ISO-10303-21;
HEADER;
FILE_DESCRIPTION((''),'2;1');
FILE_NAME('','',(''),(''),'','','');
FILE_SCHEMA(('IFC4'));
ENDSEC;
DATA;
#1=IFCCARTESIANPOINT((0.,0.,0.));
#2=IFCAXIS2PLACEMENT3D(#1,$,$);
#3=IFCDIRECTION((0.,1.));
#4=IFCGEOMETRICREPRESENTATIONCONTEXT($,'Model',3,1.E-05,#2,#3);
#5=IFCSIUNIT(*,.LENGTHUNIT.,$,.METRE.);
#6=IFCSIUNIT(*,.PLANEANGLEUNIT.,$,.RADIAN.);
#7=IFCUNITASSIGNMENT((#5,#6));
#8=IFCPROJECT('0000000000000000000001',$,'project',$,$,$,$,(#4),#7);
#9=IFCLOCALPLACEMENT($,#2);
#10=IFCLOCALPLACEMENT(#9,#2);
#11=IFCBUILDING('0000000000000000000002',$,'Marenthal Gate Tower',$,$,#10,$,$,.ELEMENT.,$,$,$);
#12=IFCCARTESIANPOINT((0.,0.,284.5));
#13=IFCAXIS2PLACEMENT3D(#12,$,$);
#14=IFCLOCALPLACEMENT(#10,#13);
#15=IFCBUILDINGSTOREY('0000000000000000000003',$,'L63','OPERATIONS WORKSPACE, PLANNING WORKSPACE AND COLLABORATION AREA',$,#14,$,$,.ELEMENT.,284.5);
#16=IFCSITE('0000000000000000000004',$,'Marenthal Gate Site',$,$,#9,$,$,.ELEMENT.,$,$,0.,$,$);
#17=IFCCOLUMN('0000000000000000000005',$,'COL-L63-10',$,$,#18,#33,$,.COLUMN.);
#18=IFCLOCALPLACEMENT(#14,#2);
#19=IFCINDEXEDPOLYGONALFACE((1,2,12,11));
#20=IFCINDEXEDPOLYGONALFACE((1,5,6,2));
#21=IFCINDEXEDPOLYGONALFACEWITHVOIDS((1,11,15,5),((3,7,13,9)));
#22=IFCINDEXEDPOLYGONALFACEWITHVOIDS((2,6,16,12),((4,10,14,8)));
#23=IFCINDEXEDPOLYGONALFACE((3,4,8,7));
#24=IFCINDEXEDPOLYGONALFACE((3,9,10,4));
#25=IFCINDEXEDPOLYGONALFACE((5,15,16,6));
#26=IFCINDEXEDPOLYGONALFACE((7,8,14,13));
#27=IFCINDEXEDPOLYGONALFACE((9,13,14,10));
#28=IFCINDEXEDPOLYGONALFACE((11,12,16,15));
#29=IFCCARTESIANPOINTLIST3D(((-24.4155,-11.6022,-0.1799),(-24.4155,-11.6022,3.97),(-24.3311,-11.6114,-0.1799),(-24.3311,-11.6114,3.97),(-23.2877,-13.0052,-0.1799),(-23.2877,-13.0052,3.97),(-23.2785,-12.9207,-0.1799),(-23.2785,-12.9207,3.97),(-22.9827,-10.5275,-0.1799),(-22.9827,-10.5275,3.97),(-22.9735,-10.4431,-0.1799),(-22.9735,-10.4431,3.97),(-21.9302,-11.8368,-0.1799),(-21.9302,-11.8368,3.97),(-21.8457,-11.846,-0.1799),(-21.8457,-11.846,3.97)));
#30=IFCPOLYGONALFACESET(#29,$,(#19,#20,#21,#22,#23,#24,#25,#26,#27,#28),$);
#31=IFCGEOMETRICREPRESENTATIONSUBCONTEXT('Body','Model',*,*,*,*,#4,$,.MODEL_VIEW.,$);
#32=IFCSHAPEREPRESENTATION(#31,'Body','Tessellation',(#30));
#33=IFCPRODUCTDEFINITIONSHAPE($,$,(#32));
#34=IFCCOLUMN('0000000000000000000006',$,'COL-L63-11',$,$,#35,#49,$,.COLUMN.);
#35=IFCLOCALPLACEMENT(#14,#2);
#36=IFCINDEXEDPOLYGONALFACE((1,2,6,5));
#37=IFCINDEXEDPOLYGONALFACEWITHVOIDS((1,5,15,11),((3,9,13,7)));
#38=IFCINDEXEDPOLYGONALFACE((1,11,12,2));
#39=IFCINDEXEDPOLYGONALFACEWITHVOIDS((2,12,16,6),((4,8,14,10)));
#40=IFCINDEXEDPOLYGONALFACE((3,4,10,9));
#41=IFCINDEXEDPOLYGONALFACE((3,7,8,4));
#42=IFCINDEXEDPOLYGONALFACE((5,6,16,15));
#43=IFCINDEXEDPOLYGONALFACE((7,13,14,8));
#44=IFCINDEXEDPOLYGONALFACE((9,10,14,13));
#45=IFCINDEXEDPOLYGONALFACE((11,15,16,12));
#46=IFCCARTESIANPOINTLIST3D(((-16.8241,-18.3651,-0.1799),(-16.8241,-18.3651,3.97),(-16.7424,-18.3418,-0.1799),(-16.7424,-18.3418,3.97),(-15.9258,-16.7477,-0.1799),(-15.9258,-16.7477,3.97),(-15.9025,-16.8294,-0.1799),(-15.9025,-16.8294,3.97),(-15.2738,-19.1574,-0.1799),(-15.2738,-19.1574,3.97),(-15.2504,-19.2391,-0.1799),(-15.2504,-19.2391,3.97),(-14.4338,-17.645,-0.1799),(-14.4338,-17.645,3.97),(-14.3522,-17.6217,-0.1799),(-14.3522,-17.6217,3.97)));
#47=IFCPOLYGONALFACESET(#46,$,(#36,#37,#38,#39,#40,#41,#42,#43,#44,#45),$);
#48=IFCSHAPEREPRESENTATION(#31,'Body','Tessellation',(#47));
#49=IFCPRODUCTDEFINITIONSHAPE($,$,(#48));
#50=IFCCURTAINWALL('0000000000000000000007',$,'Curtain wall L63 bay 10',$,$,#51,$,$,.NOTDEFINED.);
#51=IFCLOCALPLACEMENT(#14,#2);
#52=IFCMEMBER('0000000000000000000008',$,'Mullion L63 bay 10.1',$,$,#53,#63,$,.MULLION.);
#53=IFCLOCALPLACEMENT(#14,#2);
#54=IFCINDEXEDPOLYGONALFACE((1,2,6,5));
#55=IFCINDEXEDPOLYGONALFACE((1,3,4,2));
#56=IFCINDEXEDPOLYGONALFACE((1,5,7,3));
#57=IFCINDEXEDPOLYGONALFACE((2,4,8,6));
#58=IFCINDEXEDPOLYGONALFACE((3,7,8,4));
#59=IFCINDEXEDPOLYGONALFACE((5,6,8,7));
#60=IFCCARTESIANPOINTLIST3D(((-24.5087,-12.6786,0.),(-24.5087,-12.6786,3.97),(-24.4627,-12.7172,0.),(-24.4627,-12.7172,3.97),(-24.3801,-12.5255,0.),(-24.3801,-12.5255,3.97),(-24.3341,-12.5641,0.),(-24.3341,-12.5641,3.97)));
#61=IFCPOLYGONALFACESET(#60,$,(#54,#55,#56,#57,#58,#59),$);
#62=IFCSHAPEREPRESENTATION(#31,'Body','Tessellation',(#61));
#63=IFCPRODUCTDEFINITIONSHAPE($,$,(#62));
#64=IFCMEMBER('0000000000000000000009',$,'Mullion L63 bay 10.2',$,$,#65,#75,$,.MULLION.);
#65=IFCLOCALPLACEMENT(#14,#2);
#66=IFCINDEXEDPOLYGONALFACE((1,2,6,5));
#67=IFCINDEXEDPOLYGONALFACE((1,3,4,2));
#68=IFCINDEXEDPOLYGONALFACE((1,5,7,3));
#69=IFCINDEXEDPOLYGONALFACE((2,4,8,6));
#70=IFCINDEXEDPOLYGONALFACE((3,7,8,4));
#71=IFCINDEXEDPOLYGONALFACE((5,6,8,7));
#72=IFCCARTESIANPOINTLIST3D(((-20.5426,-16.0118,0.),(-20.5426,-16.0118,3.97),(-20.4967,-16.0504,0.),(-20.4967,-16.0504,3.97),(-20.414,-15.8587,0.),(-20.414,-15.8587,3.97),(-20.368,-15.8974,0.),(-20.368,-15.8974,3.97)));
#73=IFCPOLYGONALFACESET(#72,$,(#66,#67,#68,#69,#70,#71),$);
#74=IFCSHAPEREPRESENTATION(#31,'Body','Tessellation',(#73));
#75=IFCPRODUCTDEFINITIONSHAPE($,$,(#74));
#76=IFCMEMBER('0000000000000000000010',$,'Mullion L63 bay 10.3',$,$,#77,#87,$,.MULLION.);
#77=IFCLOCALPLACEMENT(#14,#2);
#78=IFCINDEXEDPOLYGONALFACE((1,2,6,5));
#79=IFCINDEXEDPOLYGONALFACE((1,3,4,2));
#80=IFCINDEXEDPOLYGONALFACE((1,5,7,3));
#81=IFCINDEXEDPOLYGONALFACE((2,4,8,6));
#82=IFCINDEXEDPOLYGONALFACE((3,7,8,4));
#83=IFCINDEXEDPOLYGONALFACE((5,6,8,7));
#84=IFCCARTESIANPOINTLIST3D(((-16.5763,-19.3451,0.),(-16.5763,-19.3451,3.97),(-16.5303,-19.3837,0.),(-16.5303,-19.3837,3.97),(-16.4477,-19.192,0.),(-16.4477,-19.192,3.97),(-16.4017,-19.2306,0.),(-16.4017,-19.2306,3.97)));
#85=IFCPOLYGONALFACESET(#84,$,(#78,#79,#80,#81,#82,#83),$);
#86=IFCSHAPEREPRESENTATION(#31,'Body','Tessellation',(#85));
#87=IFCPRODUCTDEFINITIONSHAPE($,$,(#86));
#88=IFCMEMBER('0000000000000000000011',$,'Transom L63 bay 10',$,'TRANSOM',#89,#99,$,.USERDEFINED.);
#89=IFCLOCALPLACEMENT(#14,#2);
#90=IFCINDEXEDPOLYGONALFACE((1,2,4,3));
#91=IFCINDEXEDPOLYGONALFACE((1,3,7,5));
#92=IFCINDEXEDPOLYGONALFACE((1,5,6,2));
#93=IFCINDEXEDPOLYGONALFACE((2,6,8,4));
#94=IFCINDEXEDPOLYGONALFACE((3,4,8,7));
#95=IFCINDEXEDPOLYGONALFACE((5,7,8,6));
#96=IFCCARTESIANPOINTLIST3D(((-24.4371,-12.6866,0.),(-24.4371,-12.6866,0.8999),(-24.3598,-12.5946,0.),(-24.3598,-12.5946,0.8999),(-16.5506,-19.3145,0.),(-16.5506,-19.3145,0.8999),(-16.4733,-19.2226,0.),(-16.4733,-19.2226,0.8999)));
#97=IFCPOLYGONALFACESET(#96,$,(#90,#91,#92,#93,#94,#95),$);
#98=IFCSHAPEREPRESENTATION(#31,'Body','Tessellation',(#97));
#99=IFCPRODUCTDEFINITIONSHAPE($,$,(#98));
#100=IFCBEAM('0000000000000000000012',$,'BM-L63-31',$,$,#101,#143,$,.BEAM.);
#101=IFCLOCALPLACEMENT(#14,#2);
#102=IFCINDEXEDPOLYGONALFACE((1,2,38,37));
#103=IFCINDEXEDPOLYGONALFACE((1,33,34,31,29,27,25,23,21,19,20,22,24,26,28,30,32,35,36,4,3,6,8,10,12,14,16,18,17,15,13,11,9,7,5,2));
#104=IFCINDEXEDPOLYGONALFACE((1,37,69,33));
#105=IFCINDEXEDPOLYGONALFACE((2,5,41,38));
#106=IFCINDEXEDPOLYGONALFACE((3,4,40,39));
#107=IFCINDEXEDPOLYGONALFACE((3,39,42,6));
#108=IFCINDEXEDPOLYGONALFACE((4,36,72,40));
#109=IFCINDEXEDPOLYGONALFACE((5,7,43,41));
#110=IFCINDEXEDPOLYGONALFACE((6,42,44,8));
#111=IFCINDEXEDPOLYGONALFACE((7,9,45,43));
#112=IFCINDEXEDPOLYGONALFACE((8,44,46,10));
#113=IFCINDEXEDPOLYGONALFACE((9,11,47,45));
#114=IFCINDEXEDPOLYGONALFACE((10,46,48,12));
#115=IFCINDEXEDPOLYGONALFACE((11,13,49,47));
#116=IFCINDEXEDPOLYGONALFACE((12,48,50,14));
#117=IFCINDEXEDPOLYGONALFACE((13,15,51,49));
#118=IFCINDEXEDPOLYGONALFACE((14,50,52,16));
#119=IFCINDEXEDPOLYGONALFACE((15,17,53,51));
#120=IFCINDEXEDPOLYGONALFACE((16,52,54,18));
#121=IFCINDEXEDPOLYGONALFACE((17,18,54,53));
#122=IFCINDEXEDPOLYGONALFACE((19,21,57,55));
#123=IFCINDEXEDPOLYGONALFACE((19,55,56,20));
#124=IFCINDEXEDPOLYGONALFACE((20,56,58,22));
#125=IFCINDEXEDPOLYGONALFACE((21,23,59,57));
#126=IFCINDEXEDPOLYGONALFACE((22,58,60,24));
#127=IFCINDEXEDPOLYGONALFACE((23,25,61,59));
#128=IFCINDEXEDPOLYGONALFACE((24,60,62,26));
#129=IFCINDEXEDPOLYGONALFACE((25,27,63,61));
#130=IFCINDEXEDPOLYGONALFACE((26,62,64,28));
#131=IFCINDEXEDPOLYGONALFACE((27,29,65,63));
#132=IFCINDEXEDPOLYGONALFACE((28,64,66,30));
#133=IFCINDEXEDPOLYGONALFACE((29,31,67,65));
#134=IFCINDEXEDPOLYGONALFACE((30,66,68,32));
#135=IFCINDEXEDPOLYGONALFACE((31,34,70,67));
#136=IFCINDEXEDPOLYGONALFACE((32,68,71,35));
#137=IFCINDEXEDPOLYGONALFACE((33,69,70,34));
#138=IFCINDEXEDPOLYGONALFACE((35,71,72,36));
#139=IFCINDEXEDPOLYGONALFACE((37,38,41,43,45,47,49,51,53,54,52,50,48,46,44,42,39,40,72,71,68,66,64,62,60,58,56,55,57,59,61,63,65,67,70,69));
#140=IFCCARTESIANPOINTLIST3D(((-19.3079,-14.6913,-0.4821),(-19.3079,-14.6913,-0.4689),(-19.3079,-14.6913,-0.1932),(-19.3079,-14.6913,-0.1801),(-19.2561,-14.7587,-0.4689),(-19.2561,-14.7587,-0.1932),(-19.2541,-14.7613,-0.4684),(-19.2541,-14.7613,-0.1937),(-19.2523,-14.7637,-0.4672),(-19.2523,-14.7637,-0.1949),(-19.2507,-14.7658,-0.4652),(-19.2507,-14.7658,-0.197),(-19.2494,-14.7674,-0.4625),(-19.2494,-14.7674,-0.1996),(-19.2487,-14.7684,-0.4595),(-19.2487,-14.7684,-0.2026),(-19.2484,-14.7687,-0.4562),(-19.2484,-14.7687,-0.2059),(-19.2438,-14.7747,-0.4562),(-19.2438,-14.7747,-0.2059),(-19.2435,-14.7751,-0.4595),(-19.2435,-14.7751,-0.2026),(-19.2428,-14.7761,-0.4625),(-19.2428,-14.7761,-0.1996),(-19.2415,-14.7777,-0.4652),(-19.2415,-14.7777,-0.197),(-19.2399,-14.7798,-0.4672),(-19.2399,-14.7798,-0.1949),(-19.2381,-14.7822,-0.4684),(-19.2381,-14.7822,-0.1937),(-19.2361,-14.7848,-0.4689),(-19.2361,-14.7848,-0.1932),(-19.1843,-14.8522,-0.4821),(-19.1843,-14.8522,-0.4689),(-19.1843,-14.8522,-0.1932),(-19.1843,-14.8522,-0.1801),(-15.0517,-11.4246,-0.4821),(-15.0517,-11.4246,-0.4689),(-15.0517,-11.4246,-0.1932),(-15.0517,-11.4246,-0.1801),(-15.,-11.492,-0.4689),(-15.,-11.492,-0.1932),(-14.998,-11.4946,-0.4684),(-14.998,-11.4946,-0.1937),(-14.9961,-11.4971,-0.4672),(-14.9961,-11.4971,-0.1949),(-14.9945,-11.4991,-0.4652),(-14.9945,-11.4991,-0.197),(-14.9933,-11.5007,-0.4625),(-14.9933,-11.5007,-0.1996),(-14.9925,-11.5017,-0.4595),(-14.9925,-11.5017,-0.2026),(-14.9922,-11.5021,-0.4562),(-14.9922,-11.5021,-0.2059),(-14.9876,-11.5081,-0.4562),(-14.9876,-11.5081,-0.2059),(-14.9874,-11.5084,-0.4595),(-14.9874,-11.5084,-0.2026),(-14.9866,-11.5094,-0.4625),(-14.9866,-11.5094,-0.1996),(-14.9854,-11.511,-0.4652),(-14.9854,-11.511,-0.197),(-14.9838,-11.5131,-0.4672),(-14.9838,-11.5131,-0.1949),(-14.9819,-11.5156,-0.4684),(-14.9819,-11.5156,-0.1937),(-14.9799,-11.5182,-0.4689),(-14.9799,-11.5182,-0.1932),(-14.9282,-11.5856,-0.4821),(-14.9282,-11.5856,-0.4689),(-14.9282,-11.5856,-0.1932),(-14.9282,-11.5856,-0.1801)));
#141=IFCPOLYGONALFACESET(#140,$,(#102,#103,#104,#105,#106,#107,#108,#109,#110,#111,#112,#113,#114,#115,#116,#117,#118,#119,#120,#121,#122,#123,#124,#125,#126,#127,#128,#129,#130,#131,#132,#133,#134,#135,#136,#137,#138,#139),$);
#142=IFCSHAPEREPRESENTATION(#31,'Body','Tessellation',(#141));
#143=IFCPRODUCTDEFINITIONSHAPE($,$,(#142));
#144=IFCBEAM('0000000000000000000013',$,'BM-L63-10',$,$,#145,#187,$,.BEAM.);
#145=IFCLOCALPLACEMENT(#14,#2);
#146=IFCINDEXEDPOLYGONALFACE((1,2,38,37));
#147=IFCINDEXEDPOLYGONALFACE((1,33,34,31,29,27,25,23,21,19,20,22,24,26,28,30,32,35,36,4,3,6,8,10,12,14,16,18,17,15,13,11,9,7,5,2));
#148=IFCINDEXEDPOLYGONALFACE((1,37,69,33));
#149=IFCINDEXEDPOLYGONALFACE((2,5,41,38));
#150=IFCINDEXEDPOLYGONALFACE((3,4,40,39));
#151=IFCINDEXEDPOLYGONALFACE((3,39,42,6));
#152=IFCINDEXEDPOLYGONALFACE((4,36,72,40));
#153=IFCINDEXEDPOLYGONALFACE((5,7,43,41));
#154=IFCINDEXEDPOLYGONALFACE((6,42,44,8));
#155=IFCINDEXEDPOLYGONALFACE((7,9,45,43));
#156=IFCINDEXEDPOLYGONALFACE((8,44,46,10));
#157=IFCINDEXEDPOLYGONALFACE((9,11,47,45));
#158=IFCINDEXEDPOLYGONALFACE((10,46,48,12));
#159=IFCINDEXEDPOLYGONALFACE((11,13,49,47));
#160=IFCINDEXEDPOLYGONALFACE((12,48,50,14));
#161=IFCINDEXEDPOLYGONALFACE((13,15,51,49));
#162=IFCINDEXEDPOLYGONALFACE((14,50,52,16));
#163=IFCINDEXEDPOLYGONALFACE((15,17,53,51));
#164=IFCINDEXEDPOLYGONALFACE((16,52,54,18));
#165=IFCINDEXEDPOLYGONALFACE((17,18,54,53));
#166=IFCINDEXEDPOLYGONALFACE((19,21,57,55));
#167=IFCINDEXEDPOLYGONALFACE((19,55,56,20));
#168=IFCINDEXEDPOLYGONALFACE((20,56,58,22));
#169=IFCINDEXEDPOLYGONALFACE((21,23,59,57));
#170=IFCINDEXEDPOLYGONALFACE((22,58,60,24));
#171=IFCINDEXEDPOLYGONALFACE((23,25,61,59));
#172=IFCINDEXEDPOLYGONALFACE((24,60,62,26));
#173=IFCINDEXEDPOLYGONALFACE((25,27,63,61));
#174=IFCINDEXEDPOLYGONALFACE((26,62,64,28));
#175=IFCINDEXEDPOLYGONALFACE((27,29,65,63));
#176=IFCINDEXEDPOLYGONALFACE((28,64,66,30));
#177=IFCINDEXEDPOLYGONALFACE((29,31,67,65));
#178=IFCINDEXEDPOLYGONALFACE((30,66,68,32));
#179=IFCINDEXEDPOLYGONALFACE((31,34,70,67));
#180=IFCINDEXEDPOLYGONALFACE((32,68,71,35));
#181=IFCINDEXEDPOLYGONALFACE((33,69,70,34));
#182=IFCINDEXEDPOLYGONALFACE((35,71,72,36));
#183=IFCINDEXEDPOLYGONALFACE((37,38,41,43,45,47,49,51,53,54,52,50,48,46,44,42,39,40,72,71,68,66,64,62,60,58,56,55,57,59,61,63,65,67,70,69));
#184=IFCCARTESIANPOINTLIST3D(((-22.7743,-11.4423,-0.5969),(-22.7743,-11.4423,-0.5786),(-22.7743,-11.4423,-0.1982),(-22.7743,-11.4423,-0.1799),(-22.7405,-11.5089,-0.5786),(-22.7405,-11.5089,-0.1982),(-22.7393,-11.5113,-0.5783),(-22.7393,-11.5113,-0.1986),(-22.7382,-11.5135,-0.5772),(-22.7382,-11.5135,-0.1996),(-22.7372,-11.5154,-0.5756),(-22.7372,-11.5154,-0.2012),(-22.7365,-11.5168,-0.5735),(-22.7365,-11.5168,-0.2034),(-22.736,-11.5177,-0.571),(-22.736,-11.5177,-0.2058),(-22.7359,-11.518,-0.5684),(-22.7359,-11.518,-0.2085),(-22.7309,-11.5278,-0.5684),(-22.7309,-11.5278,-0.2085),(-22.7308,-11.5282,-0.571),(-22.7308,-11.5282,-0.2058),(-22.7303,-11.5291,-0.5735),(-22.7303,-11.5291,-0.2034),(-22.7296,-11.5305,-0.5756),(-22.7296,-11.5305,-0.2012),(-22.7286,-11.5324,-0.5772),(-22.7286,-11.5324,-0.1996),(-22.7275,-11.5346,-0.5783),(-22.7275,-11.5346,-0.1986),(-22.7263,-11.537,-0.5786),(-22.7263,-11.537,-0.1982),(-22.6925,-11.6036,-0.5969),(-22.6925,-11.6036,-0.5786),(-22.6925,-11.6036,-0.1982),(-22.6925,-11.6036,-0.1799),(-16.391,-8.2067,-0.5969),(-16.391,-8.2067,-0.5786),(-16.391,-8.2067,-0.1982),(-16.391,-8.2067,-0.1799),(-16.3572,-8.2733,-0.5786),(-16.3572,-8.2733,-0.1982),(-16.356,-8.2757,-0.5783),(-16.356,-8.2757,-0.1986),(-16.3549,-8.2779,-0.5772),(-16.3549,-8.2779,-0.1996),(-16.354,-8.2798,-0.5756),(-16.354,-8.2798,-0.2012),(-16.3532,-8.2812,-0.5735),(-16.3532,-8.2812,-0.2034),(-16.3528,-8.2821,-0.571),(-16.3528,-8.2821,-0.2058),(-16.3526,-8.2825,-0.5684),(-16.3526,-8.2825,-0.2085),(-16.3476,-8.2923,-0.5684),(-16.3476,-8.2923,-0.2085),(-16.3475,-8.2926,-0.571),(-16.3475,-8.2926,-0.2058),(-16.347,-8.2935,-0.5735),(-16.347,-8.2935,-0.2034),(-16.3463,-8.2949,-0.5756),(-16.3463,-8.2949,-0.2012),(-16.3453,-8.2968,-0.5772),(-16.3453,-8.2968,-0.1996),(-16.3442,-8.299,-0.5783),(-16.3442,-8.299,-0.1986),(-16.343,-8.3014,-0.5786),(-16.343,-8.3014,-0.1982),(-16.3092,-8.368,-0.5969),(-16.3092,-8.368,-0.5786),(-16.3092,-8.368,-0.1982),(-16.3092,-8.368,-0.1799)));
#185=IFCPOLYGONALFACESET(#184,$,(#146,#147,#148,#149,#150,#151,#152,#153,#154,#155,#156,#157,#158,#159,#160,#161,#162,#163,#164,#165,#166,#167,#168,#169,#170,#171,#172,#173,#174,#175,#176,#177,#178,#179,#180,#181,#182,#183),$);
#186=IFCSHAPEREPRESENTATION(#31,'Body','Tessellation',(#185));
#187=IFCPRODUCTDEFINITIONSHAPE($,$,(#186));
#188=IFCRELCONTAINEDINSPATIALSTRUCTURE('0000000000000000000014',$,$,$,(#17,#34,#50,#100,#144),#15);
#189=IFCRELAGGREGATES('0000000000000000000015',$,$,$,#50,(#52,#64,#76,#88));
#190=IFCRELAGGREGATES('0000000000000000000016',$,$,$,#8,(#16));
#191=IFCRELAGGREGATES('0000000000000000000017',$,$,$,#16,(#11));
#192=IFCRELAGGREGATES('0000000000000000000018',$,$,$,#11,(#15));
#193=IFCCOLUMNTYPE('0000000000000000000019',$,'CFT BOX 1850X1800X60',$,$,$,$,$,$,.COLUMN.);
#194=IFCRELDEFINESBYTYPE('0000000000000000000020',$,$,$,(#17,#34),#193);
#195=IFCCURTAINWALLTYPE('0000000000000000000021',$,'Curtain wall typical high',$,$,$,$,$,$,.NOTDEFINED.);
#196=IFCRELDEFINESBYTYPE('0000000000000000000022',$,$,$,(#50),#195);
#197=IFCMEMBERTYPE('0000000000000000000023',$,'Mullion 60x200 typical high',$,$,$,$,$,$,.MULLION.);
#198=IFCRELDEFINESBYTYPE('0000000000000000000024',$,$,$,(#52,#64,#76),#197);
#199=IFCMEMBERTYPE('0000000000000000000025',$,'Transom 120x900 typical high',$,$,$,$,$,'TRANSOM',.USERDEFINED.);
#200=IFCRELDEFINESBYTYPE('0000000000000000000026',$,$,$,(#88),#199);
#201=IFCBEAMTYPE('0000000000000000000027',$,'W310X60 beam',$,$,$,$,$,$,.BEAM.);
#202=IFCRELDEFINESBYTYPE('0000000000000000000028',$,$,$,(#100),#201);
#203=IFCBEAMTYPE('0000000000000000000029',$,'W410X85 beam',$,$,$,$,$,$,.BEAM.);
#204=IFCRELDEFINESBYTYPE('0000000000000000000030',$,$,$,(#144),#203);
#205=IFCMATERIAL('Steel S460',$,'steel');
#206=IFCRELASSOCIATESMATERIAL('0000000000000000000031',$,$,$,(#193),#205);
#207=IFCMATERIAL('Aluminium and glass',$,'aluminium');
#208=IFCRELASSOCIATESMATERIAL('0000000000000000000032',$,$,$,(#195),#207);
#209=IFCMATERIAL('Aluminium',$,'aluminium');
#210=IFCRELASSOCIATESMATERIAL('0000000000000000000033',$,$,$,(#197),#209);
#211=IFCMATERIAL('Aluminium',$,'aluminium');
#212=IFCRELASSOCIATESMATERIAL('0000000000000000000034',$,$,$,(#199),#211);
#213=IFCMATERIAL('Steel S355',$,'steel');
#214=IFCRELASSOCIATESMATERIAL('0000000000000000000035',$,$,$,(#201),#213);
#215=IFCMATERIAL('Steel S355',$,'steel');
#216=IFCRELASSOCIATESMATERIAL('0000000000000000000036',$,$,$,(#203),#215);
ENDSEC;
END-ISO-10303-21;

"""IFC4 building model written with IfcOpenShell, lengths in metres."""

from ifc_helpers import new_model, si_unit, direction, frame, origin, origin_2d, place, context, subcontext, project, spatial, rectangle, hollow_rectangle, i_section, extrude, material, material_profile, profile_set, type_object, element, aggregate, save


model = new_model("IFC4")

# Units and contexts
model_context = context("Model", 3, precision=1e-05, world=origin(), true_north=direction((0.0, 1.0)))
body_context = subcontext(model_context, "Body", "Model", "MODEL_VIEW")
ifc_project = project(units=[si_unit("LENGTHUNIT", "METRE"), si_unit("PLANEANGLEUNIT", "RADIAN")], contexts=[model_context])

# Site, building, storey
site_placement = place(None, origin())
site = spatial("IfcSite", under=ifc_project, at=site_placement, Name="Marenthal Gate Site", CompositionType="ELEMENT", RefElevation=0.0)
building_placement = place(site_placement, origin())
building = spatial("IfcBuilding", under=site, at=building_placement, Name="Marenthal Gate Tower", CompositionType="ELEMENT")
storey_placement = place(building_placement, frame((0.0, 0.0, 284.5)))
storey = spatial("IfcBuildingStorey", under=building, at=storey_placement, Name="L63", Description="OPERATIONS WORKSPACE, PLANNING WORKSPACE AND COLLABORATION AREA", CompositionType="ELEMENT", Elevation=284.5)

# Columns
ifc_material_1 = material(Name="Steel S460", Category="steel")
ifc_material_profile_1 = material_profile(ifc_material_1, hollow_rectangle(XDim=1.8, YDim=1.8501, WallThickness=0.0601, at=origin_2d()), Name="CFT BOX 1850X1800X60")
ifc_material_2 = material(Name="Concrete 70 MPa", Category="concrete")
ifc_material_profile_2 = material_profile(ifc_material_2, rectangle(XDim=1.6799, YDim=1.73, at=origin_2d()), Name="CFT BOX 1850X1800X60 INFILL")
ifc_profile_set_1 = profile_set([ifc_material_profile_1, ifc_material_profile_2], Name="Steel S460 shell, Concrete 70 MPa infill")
column_type = type_object("IfcColumnType", Name="CFT BOX 1850X1800X60", PredefinedType="COLUMN", material=ifc_profile_set_1)
for number, where, z_axis, x_axis, name in (
    (1, (-23.1306, -11.7241, -0.1799), (0.0, 0.0, 1.0), (-0.62654, 0.779389, 0.0), "COL-L63-10"),
    (2, (-15.5881, -17.9934, -0.1799), (0.0, 0.0, 1.0), (-0.874222, 0.485527, 0.0), "COL-L63-11"),
):
    element("IfcColumn", number, at=place(storey_placement, frame(where, z_axis=z_axis, x_axis=x_axis)), inside=storey, type_object=column_type, Name=name, PredefinedType="COLUMN", context=body_context, shape_type="SweptSolid", body=[
        extrude(hollow_rectangle(XDim=1.8, YDim=1.8501, WallThickness=0.0601, at=origin_2d()), origin(), (0.0, 0.0, 1.0), 4.1499),
    ])

# Curtain wall, members
ifc_material_3 = material(Name="Aluminium and glass", Category="aluminium")
curtain_wall_type = type_object("IfcCurtainWallType", Name="Curtain wall typical high", PredefinedType="NOTDEFINED", material=ifc_material_3)
curtain_wall_placement = place(storey_placement, origin())
curtain_wall = element("IfcCurtainWall", 3, at=curtain_wall_placement, inside=storey, type_object=curtain_wall_type, Name="Curtain wall L63 bay 10", PredefinedType="NOTDEFINED")
ifc_material_4 = material(Name="Aluminium", Category="aluminium")
ifc_material_profile_3 = material_profile(ifc_material_4, rectangle(XDim=0.2, YDim=0.0601, at=origin_2d()), Name="60x200 aluminium mullion")
ifc_profile_set_2 = profile_set([ifc_material_profile_3], Name="Aluminium")
member_type_1 = type_object("IfcMemberType", Name="Mullion 60x200 typical high", PredefinedType="MULLION", material=ifc_profile_set_2)
member_1_placement = place(storey_placement, frame((-24.4214, -12.6213, 0.0), z_axis=(0.0, 0.0, 1.0), x_axis=(0.64338, 0.765547, 0.0)))
member_1 = element("IfcMember", 4, at=member_1_placement, type_object=member_type_1, Name="Mullion L63 bay 10.1", PredefinedType="MULLION", context=body_context, shape_type="SweptSolid", body=[
    extrude(rectangle(XDim=0.2, YDim=0.0601, at=origin_2d()), origin(), (0.0, 0.0, 1.0), 3.97),
])
member_2_placement = place(storey_placement, frame((-20.4553, -15.9546, 0.0), z_axis=(0.0, 0.0, 1.0), x_axis=(0.64338, 0.765547, 0.0)))
member_2 = element("IfcMember", 5, at=member_2_placement, type_object=member_type_1, Name="Mullion L63 bay 10.2", PredefinedType="MULLION", context=body_context, shape_type="SweptSolid", body=[
    extrude(rectangle(XDim=0.2, YDim=0.0601, at=origin_2d()), origin(), (0.0, 0.0, 1.0), 3.97),
])
member_3_placement = place(storey_placement, frame((-16.489, -19.2878, 0.0), z_axis=(0.0, 0.0, 1.0), x_axis=(0.64338, 0.765547, 0.0)))
member_3 = element("IfcMember", 6, at=member_3_placement, type_object=member_type_1, Name="Mullion L63 bay 10.3", PredefinedType="MULLION", context=body_context, shape_type="SweptSolid", body=[
    extrude(rectangle(XDim=0.2, YDim=0.0601, at=origin_2d()), origin(), (0.0, 0.0, 1.0), 3.97),
])
ifc_material_5 = material(Name="Aluminium", Category="aluminium")
ifc_material_profile_4 = material_profile(ifc_material_5, rectangle(XDim=0.1201, YDim=0.8999, at=origin_2d()), Name="120x900 aluminium transom")
ifc_profile_set_3 = profile_set([ifc_material_profile_4], Name="Aluminium")
member_type_2 = type_object("IfcMemberType", Name="Transom 120x900 typical high", ElementType="TRANSOM", PredefinedType="USERDEFINED", material=ifc_profile_set_3)
member_4_placement = place(storey_placement, frame((-24.3984, -12.6406, 0.45), z_axis=(0.765548, -0.643379, 0.0), x_axis=(0.643379, 0.765548, 0.0)))
member_4 = element("IfcMember", 7, at=member_4_placement, type_object=member_type_2, Name="Transom L63 bay 10", ObjectType="TRANSOM", PredefinedType="USERDEFINED", context=body_context, shape_type="SweptSolid", body=[
    extrude(rectangle(XDim=0.1201, YDim=0.8999, at=origin_2d()), origin(), (0.0, 0.0, 1.0), 10.3018),
])

# Beams
ifc_material_6 = material(Name="Steel S355", Category="steel")
ifc_material_profile_5 = material_profile(ifc_material_6, i_section(OverallWidth=0.2029, OverallDepth=0.302, WebThickness=0.0076, FlangeThickness=0.0132, FilletRadius=0.0127, at=origin_2d()), Name="W310X60")
ifc_profile_set_4 = profile_set([ifc_material_profile_5], Name="Steel S355")
beam_type_1 = type_object("IfcBeamType", Name="W310X60 beam", PredefinedType="BEAM", material=ifc_profile_set_4)
beam_1_placement = place(storey_placement, frame((-19.2461, -14.7717, -0.3311), z_axis=(0.793283, 0.608853, 0.0), x_axis=(-0.608853, 0.793283, 0.0)))
element("IfcBeam", 8, at=beam_1_placement, inside=storey, type_object=beam_type_1, Name="BM-L63-31", PredefinedType="BEAM", context=body_context, shape_type="SweptSolid", body=[
    extrude(i_section(OverallWidth=0.2029, OverallDepth=0.302, WebThickness=0.0076, FlangeThickness=0.0132, FilletRadius=0.0127, at=origin_2d()), origin(), (0.0, 0.0, 1.0), 5.3652),
])
ifc_material_7 = material(Name="Steel S355", Category="steel")
ifc_material_profile_6 = material_profile(ifc_material_7, i_section(OverallWidth=0.1809, OverallDepth=0.417, WebThickness=0.011, FlangeThickness=0.0183, FilletRadius=0.0103, at=origin_2d()), Name="W410X85")
ifc_profile_set_5 = profile_set([ifc_material_profile_6], Name="Steel S355")
beam_type_2 = type_object("IfcBeamType", Name="W410X85 beam", PredefinedType="BEAM", material=ifc_profile_set_5)
beam_2_placement = place(storey_placement, frame((-22.7334, -11.5229, -0.3884), z_axis=(0.891957, 0.452119, 0.0), x_axis=(-0.452119, 0.891957, 0.0)))
element("IfcBeam", 9, at=beam_2_placement, inside=storey, type_object=beam_type_2, Name="BM-L63-10", PredefinedType="BEAM", context=body_context, shape_type="SweptSolid", body=[
    extrude(i_section(OverallWidth=0.1809, OverallDepth=0.417, WebThickness=0.011, FlangeThickness=0.0183, FilletRadius=0.0103, at=origin_2d()), origin(), (0.0, 0.0, 1.0), 7.1565),
])

aggregate(curtain_wall, [member_1, member_2, member_3, member_4])

save(model, "model.ifc")
